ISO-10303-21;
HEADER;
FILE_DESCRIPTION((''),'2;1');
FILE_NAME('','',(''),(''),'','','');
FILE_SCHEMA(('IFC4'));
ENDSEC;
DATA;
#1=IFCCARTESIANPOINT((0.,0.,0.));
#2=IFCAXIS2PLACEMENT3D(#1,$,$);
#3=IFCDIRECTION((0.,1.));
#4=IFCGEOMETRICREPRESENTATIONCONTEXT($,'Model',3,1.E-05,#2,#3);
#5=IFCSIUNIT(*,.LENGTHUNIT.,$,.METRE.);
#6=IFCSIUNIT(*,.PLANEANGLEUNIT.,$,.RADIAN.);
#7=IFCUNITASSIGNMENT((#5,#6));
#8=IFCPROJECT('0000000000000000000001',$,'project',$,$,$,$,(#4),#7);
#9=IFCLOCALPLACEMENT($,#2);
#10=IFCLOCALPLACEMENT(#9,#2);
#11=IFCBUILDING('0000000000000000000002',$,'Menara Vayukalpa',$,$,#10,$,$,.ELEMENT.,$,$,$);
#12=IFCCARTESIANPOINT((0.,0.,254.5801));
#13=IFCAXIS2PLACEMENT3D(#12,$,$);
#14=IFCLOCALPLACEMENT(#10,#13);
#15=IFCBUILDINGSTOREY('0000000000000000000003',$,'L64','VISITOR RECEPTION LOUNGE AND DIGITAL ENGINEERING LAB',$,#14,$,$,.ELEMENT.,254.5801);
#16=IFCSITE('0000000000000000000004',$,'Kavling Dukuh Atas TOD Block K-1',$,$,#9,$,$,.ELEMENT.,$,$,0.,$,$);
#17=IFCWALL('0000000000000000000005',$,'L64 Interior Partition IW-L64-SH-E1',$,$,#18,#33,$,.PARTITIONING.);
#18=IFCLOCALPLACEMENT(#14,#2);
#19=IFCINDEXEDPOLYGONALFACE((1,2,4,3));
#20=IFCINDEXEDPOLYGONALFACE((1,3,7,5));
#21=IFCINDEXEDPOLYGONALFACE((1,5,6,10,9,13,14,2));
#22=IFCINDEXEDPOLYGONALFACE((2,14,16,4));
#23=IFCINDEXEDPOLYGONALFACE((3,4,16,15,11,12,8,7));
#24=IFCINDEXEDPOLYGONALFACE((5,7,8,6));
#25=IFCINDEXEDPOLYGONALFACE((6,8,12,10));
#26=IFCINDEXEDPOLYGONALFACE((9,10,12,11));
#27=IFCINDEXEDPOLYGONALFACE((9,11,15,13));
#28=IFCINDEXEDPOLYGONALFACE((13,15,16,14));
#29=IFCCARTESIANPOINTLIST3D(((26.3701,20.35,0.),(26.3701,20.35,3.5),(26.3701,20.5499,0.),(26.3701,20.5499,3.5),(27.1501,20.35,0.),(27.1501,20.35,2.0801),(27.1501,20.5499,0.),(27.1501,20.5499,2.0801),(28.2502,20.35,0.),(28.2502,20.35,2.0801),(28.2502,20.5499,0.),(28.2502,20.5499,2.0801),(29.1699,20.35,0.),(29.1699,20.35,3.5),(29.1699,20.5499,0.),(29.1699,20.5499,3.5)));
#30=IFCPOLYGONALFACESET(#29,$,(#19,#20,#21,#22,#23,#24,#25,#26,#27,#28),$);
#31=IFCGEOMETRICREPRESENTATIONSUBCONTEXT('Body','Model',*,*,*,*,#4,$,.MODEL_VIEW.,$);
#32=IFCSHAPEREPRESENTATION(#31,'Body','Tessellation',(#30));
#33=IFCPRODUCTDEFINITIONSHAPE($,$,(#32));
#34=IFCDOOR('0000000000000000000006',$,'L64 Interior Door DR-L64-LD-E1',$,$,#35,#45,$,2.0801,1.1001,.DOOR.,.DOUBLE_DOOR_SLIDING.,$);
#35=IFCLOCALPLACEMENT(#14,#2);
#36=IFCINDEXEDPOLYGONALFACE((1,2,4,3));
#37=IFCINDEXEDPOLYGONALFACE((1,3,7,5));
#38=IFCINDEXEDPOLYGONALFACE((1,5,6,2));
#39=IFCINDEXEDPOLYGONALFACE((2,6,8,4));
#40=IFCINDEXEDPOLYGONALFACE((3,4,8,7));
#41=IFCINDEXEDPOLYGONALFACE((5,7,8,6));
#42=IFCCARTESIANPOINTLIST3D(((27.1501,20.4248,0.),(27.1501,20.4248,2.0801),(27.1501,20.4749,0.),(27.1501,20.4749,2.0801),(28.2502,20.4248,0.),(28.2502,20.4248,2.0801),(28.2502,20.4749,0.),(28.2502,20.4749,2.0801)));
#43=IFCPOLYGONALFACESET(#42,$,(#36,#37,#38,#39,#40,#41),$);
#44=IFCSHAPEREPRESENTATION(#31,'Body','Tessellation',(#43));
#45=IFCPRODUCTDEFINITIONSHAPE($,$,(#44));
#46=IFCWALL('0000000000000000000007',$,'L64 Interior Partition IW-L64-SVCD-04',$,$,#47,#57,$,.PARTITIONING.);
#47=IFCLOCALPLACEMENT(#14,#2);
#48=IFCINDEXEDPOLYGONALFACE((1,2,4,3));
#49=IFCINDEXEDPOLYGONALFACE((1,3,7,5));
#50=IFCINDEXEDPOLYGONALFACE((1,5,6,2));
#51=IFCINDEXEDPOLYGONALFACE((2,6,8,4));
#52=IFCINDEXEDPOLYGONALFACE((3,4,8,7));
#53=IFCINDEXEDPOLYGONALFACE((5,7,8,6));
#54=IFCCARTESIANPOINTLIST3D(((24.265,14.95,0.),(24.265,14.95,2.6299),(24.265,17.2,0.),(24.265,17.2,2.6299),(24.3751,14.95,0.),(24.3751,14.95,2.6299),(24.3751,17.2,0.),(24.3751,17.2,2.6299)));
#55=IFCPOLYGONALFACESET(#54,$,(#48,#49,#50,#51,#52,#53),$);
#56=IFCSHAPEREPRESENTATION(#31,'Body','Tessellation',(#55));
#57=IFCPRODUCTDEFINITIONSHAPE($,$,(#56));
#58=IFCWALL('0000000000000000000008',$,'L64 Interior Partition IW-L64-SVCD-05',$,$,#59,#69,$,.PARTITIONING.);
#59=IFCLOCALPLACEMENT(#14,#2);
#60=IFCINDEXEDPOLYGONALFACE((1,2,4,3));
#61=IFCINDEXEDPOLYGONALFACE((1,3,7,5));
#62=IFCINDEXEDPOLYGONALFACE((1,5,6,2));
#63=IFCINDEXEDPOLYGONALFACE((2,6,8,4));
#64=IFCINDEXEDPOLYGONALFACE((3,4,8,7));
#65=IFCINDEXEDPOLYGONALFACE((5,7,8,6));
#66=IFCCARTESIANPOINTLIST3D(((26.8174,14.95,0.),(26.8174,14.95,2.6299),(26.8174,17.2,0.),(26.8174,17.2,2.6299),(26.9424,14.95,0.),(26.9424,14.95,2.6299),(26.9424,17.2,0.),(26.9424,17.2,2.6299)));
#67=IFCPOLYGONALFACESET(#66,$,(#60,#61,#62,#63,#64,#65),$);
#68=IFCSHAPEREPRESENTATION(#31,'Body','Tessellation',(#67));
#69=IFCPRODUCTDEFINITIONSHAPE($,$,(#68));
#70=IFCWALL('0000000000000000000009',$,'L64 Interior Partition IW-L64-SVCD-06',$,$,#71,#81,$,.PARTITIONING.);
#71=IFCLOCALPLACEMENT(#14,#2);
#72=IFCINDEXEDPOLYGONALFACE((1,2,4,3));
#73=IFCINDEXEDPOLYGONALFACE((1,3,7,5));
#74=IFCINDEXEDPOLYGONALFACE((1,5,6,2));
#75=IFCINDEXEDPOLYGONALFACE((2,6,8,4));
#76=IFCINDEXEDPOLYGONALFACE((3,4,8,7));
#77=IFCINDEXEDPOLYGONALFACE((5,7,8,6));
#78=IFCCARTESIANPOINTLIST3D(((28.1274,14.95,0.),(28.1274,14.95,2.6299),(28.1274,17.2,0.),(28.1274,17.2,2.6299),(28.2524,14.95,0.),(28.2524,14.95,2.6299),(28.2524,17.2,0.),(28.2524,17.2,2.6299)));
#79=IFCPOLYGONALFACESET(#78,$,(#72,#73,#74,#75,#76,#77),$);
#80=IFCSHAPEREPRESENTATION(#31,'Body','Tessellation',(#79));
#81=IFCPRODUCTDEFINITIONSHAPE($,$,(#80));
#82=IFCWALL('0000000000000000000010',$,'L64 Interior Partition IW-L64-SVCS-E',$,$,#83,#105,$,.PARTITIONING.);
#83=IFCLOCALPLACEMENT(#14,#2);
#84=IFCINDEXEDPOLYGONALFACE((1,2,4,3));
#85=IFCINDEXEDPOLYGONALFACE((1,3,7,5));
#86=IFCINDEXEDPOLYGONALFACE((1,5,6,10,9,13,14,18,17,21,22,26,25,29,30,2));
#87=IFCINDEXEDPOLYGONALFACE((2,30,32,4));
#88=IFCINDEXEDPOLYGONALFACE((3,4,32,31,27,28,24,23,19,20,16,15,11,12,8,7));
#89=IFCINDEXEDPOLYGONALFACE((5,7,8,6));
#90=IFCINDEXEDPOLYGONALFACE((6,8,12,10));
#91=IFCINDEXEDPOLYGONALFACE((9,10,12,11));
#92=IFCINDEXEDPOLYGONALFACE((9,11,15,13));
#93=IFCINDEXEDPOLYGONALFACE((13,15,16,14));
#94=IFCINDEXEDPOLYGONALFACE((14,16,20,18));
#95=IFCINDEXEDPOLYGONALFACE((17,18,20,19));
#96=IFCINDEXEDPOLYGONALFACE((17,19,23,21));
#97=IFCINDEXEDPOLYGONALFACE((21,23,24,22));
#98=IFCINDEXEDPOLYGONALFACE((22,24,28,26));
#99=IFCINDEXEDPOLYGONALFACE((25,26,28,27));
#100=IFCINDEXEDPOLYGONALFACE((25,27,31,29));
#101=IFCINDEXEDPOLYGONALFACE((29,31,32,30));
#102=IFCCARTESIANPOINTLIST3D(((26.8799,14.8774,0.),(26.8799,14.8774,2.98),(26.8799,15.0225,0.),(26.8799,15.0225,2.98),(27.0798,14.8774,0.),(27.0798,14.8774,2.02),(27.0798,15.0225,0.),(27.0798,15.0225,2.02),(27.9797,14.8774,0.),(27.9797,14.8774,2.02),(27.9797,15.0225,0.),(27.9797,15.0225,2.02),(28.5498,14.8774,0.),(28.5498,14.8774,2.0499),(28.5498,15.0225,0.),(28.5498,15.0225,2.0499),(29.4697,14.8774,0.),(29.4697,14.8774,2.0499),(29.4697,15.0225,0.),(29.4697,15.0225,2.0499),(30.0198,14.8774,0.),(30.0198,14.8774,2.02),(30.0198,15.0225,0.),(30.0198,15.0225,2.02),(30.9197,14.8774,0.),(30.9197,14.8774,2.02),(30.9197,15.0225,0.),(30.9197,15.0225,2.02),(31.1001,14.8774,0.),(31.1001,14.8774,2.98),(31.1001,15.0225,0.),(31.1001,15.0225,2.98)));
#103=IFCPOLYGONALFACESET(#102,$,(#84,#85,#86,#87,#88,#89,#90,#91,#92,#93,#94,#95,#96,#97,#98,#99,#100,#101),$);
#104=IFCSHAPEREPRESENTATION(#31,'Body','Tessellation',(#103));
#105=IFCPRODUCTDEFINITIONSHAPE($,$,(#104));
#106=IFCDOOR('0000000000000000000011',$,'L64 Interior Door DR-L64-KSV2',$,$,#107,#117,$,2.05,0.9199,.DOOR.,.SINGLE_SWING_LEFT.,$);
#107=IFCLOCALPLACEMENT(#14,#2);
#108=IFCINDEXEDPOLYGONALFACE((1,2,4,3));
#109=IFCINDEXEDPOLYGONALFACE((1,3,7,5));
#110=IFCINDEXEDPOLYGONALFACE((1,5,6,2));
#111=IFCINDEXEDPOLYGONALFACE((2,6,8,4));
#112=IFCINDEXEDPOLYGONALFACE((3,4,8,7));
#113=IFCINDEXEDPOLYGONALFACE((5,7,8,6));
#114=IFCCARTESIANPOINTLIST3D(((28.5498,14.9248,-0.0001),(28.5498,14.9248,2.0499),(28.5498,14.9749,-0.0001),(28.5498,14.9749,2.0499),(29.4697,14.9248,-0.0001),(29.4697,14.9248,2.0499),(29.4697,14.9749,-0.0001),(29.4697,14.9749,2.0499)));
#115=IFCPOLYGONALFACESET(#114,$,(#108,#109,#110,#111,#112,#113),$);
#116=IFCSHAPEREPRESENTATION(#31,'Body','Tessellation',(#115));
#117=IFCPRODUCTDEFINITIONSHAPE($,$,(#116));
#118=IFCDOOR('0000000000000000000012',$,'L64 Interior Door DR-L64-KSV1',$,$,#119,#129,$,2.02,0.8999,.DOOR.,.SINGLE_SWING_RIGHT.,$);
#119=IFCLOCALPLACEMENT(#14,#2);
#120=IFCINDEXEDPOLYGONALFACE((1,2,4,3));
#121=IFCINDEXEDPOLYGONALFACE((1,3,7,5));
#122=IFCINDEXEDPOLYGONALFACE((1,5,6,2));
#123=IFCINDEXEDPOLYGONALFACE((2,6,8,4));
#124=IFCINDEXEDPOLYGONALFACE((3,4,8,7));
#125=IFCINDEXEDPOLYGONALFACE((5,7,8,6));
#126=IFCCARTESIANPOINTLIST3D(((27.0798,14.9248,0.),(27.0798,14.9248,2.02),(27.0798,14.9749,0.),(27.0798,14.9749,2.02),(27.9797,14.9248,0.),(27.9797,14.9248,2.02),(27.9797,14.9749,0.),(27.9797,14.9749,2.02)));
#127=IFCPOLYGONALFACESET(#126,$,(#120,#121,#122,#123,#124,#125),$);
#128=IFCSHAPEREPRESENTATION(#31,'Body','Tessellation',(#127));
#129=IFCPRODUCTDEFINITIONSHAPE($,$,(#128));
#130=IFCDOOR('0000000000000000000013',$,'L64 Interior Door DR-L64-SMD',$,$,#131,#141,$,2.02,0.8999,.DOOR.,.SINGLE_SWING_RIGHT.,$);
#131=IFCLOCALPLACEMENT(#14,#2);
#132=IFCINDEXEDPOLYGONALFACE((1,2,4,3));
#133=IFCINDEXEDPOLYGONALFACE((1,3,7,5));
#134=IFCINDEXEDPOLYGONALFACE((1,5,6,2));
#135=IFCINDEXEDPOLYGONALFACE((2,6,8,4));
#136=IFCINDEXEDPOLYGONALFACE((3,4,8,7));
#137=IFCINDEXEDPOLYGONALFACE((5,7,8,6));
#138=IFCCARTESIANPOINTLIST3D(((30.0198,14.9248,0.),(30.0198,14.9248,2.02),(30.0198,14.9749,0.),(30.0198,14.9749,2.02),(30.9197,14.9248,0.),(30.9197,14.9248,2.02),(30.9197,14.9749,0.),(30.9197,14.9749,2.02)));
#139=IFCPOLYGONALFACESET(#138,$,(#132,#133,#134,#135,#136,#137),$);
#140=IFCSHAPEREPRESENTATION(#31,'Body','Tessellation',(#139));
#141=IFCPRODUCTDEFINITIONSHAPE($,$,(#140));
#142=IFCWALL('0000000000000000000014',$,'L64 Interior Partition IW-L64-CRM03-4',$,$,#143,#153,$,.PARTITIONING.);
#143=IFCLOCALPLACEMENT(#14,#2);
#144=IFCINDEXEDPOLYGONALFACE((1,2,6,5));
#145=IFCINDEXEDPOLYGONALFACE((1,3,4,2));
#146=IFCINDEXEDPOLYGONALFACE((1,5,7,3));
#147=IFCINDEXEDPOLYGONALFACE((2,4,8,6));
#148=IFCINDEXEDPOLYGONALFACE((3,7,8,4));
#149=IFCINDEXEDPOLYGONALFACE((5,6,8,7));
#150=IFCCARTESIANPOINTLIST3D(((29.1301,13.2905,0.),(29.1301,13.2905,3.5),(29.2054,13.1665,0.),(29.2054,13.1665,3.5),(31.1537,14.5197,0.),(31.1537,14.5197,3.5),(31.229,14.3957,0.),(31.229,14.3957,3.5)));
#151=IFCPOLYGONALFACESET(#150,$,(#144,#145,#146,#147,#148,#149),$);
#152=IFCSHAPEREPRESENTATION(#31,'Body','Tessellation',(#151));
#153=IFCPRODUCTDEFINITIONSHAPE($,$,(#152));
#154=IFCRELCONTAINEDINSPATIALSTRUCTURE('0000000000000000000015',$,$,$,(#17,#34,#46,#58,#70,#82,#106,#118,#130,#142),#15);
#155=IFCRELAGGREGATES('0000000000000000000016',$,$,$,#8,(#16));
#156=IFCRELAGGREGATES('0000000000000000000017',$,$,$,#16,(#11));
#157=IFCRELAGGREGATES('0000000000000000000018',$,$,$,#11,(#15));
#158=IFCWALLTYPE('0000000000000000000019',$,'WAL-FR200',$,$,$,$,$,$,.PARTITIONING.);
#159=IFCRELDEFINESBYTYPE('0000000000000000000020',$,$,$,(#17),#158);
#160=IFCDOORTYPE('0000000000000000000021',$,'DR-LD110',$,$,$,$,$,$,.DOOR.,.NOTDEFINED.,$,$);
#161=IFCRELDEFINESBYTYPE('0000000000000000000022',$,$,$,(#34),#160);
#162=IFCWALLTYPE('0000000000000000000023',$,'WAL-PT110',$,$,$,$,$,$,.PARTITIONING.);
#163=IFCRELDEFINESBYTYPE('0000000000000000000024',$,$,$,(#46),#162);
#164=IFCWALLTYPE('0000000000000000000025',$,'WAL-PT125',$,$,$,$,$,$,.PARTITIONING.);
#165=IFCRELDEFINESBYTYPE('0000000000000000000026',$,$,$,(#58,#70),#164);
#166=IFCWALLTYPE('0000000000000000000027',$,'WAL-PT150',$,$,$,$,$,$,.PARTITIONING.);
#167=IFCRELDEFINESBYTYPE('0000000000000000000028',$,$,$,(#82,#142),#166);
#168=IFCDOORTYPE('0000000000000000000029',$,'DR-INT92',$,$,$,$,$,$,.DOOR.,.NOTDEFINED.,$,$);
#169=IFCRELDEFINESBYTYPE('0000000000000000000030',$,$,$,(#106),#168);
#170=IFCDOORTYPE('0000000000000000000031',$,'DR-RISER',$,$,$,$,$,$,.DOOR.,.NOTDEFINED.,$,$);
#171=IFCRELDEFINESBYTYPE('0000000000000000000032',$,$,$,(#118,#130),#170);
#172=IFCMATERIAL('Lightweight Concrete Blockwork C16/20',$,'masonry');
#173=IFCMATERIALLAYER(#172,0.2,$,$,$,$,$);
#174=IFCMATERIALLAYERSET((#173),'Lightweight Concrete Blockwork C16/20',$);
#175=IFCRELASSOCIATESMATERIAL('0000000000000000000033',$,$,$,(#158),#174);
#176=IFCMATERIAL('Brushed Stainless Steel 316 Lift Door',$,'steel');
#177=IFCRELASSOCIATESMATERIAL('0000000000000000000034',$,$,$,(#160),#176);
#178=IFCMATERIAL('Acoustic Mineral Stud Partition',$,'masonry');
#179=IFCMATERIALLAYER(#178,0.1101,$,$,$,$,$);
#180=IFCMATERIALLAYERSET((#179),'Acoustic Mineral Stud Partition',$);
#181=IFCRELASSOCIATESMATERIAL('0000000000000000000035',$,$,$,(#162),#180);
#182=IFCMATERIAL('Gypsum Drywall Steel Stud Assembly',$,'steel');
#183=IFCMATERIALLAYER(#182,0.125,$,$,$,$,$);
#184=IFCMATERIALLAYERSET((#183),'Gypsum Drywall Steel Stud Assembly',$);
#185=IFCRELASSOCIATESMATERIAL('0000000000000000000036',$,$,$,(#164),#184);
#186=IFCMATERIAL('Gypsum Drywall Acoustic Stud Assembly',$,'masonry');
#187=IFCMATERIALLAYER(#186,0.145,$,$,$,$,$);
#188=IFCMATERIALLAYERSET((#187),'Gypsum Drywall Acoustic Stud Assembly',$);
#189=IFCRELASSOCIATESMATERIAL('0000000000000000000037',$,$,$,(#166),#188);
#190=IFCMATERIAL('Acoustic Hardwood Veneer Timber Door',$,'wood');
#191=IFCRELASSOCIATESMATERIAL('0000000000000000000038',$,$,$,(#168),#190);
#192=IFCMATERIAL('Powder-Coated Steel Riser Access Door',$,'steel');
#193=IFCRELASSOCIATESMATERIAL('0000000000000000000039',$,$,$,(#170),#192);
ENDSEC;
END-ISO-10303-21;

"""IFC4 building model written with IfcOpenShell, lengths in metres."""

from ifc_helpers import new_model, si_unit, direction, frame, frame_2d, origin, place, context, subcontext, project, spatial, rectangle, extrude, material, layer, layer_set, type_object, element, fill, save


model = new_model("IFC4")

# Units and contexts
model_context = context("Model", 3, precision=1e-05, world=origin(), true_north=direction((0.0, 1.0)))
body_context = subcontext(model_context, "Body", "Model", "MODEL_VIEW")
ifc_project = project(units=[si_unit("LENGTHUNIT", "METRE"), si_unit("PLANEANGLEUNIT", "RADIAN")], contexts=[model_context])

# Site, building, storey
site_placement = place(None, origin())
site = spatial("IfcSite", under=ifc_project, at=site_placement, Name="Kavling Dukuh Atas TOD Block K-1", CompositionType="ELEMENT", RefElevation=0.0)
building_placement = place(site_placement, origin())
building = spatial("IfcBuilding", under=site, at=building_placement, Name="Menara Vayukalpa", CompositionType="ELEMENT")
storey_placement = place(building_placement, frame((0.0, 0.0, 254.5801)))
storey = spatial("IfcBuildingStorey", under=building, at=storey_placement, Name="L64", Description="VISITOR RECEPTION LOUNGE AND DIGITAL ENGINEERING LAB", CompositionType="ELEMENT", Elevation=254.5801)

# Wall, opening, door
ifc_material_1 = material(Name="Lightweight Concrete Blockwork C16/20", Category="masonry")
ifc_layer_1 = layer(ifc_material_1, 0.2)
ifc_layer_set_1 = layer_set([ifc_layer_1], Name="Lightweight Concrete Blockwork C16/20")
wall_type_1 = type_object("IfcWallType", Name="WAL-FR200", PredefinedType="PARTITIONING", material=ifc_layer_set_1)
wall_1_placement = place(storey_placement, frame((26.3701, 20.45, 0.0), z_axis=(0.0, 0.0, 1.0), x_axis=(1.0, 0.0, 0.0)))
wall_1 = element("IfcWall", 1, at=wall_1_placement, inside=storey, type_object=wall_type_1, Name="L64 Interior Partition IW-L64-SH-E1", PredefinedType="PARTITIONING", context=body_context, shape_type="SweptSolid", body=[
    extrude(rectangle(XDim=2.7998, YDim=0.2, at=frame_2d((1.3999, 0.0))), origin(), (0.0, 0.0, 1.0), 3.5),
])
opening_1_placement = place(wall_1_placement, frame((0.78, 0.0, 0.0)))
opening_1 = element("IfcOpeningElement", 2, at=opening_1_placement, cuts=wall_1, PredefinedType="OPENING", context=body_context, shape_type="SweptSolid", body=[
    extrude(rectangle(XDim=1.1001, YDim=2.0801, at=frame_2d((0.55, 1.04))), frame((0.0, 0.1099, 0.0), z_axis=(0.0, -1.0, 0.0), x_axis=(1.0, 0.0, 0.0)), (0.0, 0.0, 1.0), 0.22),
])
ifc_material_2 = material(Name="Brushed Stainless Steel 316 Lift Door", Category="steel")
door_type_1 = type_object("IfcDoorType", Name="DR-LD110", OperationType="NOTDEFINED", PredefinedType="DOOR", material=ifc_material_2)
door_1_placement = place(opening_1_placement, origin())
door_1 = element("IfcDoor", 3, at=door_1_placement, inside=storey, type_object=door_type_1, Name="L64 Interior Door DR-L64-LD-E1", OperationType="DOUBLE_DOOR_SLIDING", OverallHeight=2.0801, OverallWidth=1.1001, PredefinedType="DOOR", context=body_context, shape_type="SweptSolid", body=[
    extrude(rectangle(XDim=1.1001, YDim=2.0801, at=frame_2d((0.55, 1.04))), frame((0.0, 0.0249, 0.0), z_axis=(0.0, -1.0, 0.0), x_axis=(1.0, 0.0, 0.0)), (0.0, 0.0, 1.0), 0.05),
])
fill(opening_1, door_1)

# Walls
ifc_material_3 = material(Name="Acoustic Mineral Stud Partition", Category="masonry")
ifc_layer_2 = layer(ifc_material_3, 0.1101)
ifc_layer_set_2 = layer_set([ifc_layer_2], Name="Acoustic Mineral Stud Partition")
wall_type_2 = type_object("IfcWallType", Name="WAL-PT110", PredefinedType="PARTITIONING", material=ifc_layer_set_2)
wall_2_placement = place(storey_placement, frame((24.3201, 14.95, 0.0), z_axis=(0.0, 0.0, 1.0), x_axis=(0.0, 1.0, 0.0)))
element("IfcWall", 4, at=wall_2_placement, inside=storey, type_object=wall_type_2, Name="L64 Interior Partition IW-L64-SVCD-04", PredefinedType="PARTITIONING", context=body_context, shape_type="SweptSolid", body=[
    extrude(rectangle(XDim=2.25, YDim=0.1101, at=frame_2d((1.125, 0.0))), origin(), (0.0, 0.0, 1.0), 2.6299),
])
ifc_material_4 = material(Name="Gypsum Drywall Steel Stud Assembly", Category="steel")
ifc_layer_3 = layer(ifc_material_4, 0.125)
ifc_layer_set_3 = layer_set([ifc_layer_3], Name="Gypsum Drywall Steel Stud Assembly")
wall_type_3 = type_object("IfcWallType", Name="WAL-PT125", PredefinedType="PARTITIONING", material=ifc_layer_set_3)
for number, where, z_axis, x_axis, name in (
    (5, (26.8799, 14.95, 0.0), (0.0, 0.0, 1.0), (0.0, 1.0, 0.0), "L64 Interior Partition IW-L64-SVCD-05"),
    (6, (28.1899, 14.95, 0.0), (0.0, 0.0, 1.0), (0.0, 1.0, 0.0), "L64 Interior Partition IW-L64-SVCD-06"),
):
    element("IfcWall", number, at=place(storey_placement, frame(where, z_axis=z_axis, x_axis=x_axis)), inside=storey, type_object=wall_type_3, Name=name, PredefinedType="PARTITIONING", context=body_context, shape_type="SweptSolid", body=[
        extrude(rectangle(XDim=2.25, YDim=0.125, at=frame_2d((1.125, 0.0))), origin(), (0.0, 0.0, 1.0), 2.6299),
    ])

# Wall, openings, doors
ifc_material_5 = material(Name="Gypsum Drywall Acoustic Stud Assembly", Category="masonry")
ifc_layer_4 = layer(ifc_material_5, 0.145)
ifc_layer_set_4 = layer_set([ifc_layer_4], Name="Gypsum Drywall Acoustic Stud Assembly")
wall_type_4 = type_object("IfcWallType", Name="WAL-PT150", PredefinedType="PARTITIONING", material=ifc_layer_set_4)
wall_3_placement = place(storey_placement, frame((26.8799, 14.95, 0.0), z_axis=(0.0, 0.0, 1.0), x_axis=(1.0, 0.0, 0.0)))
wall_3 = element("IfcWall", 7, at=wall_3_placement, inside=storey, type_object=wall_type_4, Name="L64 Interior Partition IW-L64-SVCS-E", PredefinedType="PARTITIONING", context=body_context, shape_type="SweptSolid", body=[
    extrude(rectangle(XDim=4.2202, YDim=0.145, at=frame_2d((2.1101, 0.0))), origin(), (0.0, 0.0, 1.0), 2.98),
])
opening_2_placement = place(wall_3_placement, frame((0.2, 0.0, 0.0)))
opening_2 = element("IfcOpeningElement", 8, at=opening_2_placement, cuts=wall_3, PredefinedType="OPENING", context=body_context, shape_type="SweptSolid", body=[
    extrude(rectangle(XDim=0.8999, YDim=2.02, at=frame_2d((0.45, 1.01))), frame((0.0, 0.0825, 0.0), z_axis=(0.0, -1.0, 0.0), x_axis=(1.0, 0.0, 0.0)), (0.0, 0.0, 1.0), 0.165),
])
opening_3_placement = place(wall_3_placement, frame((1.6699, 0.0, 0.0)))
opening_3 = element("IfcOpeningElement", 9, at=opening_3_placement, cuts=wall_3, PredefinedType="OPENING", context=body_context, shape_type="SweptSolid", body=[
    extrude(rectangle(XDim=0.9199, YDim=2.05, at=frame_2d((0.46, 1.0249))), frame((0.0, 0.0825, 0.0), z_axis=(0.0, -1.0, 0.0), x_axis=(1.0, 0.0, 0.0)), (0.0, 0.0, 1.0), 0.165),
])
opening_4_placement = place(wall_3_placement, frame((3.1399, 0.0, 0.0)))
opening_4 = element("IfcOpeningElement", 10, at=opening_4_placement, cuts=wall_3, PredefinedType="OPENING", context=body_context, shape_type="SweptSolid", body=[
    extrude(rectangle(XDim=0.8999, YDim=2.02, at=frame_2d((0.45, 1.01))), frame((0.0, 0.0825, 0.0), z_axis=(0.0, -1.0, 0.0), x_axis=(1.0, 0.0, 0.0)), (0.0, 0.0, 1.0), 0.165),
])
ifc_material_6 = material(Name="Acoustic Hardwood Veneer Timber Door", Category="wood")
door_type_2 = type_object("IfcDoorType", Name="DR-INT92", OperationType="NOTDEFINED", PredefinedType="DOOR", material=ifc_material_6)
door_2_placement = place(opening_3_placement, origin())
door_2 = element("IfcDoor", 11, at=door_2_placement, inside=storey, type_object=door_type_2, Name="L64 Interior Door DR-L64-KSV2", OperationType="SINGLE_SWING_LEFT", OverallHeight=2.05, OverallWidth=0.9199, PredefinedType="DOOR", context=body_context, shape_type="SweptSolid", body=[
    extrude(rectangle(XDim=0.9199, YDim=2.05, at=frame_2d((0.46, 1.0249))), frame((0.0, 0.0249, 0.0), z_axis=(0.0, -1.0, 0.0), x_axis=(1.0, 0.0, 0.0)), (0.0, 0.0, 1.0), 0.05),
])
fill(opening_3, door_2)
ifc_material_7 = material(Name="Powder-Coated Steel Riser Access Door", Category="steel")
door_type_3 = type_object("IfcDoorType", Name="DR-RISER", OperationType="NOTDEFINED", PredefinedType="DOOR", material=ifc_material_7)
door_3_placement = place(opening_2_placement, origin())
door_3 = element("IfcDoor", 12, at=door_3_placement, inside=storey, type_object=door_type_3, Name="L64 Interior Door DR-L64-KSV1", OperationType="SINGLE_SWING_RIGHT", OverallHeight=2.02, OverallWidth=0.8999, PredefinedType="DOOR", context=body_context, shape_type="SweptSolid", body=[
    extrude(rectangle(XDim=0.8999, YDim=2.02, at=frame_2d((0.45, 1.01))), frame((0.0, 0.0249, 0.0), z_axis=(0.0, -1.0, 0.0), x_axis=(1.0, 0.0, 0.0)), (0.0, 0.0, 1.0), 0.05),
])
fill(opening_2, door_3)
door_4_placement = place(opening_4_placement, origin())
door_4 = element("IfcDoor", 13, at=door_4_placement, inside=storey, type_object=door_type_3, Name="L64 Interior Door DR-L64-SMD", OperationType="SINGLE_SWING_RIGHT", OverallHeight=2.02, OverallWidth=0.8999, PredefinedType="DOOR", context=body_context, shape_type="SweptSolid", body=[
    extrude(rectangle(XDim=0.8999, YDim=2.02, at=frame_2d((0.45, 1.01))), frame((0.0, 0.0249, 0.0), z_axis=(0.0, -1.0, 0.0), x_axis=(1.0, 0.0, 0.0)), (0.0, 0.0, 1.0), 0.05),
])
fill(opening_4, door_4)

# Wall
wall_4_placement = place(storey_placement, frame((29.1677, 13.2285, 0.0), z_axis=(0.0, 0.0, 1.0), x_axis=(0.854678, 0.519158, 0.0)))
element("IfcWall", 14, at=wall_4_placement, inside=storey, type_object=wall_type_4, Name="L64 Interior Partition IW-L64-CRM03-4", PredefinedType="PARTITIONING", context=body_context, shape_type="SweptSolid", body=[
    extrude(rectangle(XDim=2.3677, YDim=0.145, at=frame_2d((1.1838, 0.0))), origin(), (0.0, 0.0, 1.0), 3.5),
])

save(model, "model.ifc")
